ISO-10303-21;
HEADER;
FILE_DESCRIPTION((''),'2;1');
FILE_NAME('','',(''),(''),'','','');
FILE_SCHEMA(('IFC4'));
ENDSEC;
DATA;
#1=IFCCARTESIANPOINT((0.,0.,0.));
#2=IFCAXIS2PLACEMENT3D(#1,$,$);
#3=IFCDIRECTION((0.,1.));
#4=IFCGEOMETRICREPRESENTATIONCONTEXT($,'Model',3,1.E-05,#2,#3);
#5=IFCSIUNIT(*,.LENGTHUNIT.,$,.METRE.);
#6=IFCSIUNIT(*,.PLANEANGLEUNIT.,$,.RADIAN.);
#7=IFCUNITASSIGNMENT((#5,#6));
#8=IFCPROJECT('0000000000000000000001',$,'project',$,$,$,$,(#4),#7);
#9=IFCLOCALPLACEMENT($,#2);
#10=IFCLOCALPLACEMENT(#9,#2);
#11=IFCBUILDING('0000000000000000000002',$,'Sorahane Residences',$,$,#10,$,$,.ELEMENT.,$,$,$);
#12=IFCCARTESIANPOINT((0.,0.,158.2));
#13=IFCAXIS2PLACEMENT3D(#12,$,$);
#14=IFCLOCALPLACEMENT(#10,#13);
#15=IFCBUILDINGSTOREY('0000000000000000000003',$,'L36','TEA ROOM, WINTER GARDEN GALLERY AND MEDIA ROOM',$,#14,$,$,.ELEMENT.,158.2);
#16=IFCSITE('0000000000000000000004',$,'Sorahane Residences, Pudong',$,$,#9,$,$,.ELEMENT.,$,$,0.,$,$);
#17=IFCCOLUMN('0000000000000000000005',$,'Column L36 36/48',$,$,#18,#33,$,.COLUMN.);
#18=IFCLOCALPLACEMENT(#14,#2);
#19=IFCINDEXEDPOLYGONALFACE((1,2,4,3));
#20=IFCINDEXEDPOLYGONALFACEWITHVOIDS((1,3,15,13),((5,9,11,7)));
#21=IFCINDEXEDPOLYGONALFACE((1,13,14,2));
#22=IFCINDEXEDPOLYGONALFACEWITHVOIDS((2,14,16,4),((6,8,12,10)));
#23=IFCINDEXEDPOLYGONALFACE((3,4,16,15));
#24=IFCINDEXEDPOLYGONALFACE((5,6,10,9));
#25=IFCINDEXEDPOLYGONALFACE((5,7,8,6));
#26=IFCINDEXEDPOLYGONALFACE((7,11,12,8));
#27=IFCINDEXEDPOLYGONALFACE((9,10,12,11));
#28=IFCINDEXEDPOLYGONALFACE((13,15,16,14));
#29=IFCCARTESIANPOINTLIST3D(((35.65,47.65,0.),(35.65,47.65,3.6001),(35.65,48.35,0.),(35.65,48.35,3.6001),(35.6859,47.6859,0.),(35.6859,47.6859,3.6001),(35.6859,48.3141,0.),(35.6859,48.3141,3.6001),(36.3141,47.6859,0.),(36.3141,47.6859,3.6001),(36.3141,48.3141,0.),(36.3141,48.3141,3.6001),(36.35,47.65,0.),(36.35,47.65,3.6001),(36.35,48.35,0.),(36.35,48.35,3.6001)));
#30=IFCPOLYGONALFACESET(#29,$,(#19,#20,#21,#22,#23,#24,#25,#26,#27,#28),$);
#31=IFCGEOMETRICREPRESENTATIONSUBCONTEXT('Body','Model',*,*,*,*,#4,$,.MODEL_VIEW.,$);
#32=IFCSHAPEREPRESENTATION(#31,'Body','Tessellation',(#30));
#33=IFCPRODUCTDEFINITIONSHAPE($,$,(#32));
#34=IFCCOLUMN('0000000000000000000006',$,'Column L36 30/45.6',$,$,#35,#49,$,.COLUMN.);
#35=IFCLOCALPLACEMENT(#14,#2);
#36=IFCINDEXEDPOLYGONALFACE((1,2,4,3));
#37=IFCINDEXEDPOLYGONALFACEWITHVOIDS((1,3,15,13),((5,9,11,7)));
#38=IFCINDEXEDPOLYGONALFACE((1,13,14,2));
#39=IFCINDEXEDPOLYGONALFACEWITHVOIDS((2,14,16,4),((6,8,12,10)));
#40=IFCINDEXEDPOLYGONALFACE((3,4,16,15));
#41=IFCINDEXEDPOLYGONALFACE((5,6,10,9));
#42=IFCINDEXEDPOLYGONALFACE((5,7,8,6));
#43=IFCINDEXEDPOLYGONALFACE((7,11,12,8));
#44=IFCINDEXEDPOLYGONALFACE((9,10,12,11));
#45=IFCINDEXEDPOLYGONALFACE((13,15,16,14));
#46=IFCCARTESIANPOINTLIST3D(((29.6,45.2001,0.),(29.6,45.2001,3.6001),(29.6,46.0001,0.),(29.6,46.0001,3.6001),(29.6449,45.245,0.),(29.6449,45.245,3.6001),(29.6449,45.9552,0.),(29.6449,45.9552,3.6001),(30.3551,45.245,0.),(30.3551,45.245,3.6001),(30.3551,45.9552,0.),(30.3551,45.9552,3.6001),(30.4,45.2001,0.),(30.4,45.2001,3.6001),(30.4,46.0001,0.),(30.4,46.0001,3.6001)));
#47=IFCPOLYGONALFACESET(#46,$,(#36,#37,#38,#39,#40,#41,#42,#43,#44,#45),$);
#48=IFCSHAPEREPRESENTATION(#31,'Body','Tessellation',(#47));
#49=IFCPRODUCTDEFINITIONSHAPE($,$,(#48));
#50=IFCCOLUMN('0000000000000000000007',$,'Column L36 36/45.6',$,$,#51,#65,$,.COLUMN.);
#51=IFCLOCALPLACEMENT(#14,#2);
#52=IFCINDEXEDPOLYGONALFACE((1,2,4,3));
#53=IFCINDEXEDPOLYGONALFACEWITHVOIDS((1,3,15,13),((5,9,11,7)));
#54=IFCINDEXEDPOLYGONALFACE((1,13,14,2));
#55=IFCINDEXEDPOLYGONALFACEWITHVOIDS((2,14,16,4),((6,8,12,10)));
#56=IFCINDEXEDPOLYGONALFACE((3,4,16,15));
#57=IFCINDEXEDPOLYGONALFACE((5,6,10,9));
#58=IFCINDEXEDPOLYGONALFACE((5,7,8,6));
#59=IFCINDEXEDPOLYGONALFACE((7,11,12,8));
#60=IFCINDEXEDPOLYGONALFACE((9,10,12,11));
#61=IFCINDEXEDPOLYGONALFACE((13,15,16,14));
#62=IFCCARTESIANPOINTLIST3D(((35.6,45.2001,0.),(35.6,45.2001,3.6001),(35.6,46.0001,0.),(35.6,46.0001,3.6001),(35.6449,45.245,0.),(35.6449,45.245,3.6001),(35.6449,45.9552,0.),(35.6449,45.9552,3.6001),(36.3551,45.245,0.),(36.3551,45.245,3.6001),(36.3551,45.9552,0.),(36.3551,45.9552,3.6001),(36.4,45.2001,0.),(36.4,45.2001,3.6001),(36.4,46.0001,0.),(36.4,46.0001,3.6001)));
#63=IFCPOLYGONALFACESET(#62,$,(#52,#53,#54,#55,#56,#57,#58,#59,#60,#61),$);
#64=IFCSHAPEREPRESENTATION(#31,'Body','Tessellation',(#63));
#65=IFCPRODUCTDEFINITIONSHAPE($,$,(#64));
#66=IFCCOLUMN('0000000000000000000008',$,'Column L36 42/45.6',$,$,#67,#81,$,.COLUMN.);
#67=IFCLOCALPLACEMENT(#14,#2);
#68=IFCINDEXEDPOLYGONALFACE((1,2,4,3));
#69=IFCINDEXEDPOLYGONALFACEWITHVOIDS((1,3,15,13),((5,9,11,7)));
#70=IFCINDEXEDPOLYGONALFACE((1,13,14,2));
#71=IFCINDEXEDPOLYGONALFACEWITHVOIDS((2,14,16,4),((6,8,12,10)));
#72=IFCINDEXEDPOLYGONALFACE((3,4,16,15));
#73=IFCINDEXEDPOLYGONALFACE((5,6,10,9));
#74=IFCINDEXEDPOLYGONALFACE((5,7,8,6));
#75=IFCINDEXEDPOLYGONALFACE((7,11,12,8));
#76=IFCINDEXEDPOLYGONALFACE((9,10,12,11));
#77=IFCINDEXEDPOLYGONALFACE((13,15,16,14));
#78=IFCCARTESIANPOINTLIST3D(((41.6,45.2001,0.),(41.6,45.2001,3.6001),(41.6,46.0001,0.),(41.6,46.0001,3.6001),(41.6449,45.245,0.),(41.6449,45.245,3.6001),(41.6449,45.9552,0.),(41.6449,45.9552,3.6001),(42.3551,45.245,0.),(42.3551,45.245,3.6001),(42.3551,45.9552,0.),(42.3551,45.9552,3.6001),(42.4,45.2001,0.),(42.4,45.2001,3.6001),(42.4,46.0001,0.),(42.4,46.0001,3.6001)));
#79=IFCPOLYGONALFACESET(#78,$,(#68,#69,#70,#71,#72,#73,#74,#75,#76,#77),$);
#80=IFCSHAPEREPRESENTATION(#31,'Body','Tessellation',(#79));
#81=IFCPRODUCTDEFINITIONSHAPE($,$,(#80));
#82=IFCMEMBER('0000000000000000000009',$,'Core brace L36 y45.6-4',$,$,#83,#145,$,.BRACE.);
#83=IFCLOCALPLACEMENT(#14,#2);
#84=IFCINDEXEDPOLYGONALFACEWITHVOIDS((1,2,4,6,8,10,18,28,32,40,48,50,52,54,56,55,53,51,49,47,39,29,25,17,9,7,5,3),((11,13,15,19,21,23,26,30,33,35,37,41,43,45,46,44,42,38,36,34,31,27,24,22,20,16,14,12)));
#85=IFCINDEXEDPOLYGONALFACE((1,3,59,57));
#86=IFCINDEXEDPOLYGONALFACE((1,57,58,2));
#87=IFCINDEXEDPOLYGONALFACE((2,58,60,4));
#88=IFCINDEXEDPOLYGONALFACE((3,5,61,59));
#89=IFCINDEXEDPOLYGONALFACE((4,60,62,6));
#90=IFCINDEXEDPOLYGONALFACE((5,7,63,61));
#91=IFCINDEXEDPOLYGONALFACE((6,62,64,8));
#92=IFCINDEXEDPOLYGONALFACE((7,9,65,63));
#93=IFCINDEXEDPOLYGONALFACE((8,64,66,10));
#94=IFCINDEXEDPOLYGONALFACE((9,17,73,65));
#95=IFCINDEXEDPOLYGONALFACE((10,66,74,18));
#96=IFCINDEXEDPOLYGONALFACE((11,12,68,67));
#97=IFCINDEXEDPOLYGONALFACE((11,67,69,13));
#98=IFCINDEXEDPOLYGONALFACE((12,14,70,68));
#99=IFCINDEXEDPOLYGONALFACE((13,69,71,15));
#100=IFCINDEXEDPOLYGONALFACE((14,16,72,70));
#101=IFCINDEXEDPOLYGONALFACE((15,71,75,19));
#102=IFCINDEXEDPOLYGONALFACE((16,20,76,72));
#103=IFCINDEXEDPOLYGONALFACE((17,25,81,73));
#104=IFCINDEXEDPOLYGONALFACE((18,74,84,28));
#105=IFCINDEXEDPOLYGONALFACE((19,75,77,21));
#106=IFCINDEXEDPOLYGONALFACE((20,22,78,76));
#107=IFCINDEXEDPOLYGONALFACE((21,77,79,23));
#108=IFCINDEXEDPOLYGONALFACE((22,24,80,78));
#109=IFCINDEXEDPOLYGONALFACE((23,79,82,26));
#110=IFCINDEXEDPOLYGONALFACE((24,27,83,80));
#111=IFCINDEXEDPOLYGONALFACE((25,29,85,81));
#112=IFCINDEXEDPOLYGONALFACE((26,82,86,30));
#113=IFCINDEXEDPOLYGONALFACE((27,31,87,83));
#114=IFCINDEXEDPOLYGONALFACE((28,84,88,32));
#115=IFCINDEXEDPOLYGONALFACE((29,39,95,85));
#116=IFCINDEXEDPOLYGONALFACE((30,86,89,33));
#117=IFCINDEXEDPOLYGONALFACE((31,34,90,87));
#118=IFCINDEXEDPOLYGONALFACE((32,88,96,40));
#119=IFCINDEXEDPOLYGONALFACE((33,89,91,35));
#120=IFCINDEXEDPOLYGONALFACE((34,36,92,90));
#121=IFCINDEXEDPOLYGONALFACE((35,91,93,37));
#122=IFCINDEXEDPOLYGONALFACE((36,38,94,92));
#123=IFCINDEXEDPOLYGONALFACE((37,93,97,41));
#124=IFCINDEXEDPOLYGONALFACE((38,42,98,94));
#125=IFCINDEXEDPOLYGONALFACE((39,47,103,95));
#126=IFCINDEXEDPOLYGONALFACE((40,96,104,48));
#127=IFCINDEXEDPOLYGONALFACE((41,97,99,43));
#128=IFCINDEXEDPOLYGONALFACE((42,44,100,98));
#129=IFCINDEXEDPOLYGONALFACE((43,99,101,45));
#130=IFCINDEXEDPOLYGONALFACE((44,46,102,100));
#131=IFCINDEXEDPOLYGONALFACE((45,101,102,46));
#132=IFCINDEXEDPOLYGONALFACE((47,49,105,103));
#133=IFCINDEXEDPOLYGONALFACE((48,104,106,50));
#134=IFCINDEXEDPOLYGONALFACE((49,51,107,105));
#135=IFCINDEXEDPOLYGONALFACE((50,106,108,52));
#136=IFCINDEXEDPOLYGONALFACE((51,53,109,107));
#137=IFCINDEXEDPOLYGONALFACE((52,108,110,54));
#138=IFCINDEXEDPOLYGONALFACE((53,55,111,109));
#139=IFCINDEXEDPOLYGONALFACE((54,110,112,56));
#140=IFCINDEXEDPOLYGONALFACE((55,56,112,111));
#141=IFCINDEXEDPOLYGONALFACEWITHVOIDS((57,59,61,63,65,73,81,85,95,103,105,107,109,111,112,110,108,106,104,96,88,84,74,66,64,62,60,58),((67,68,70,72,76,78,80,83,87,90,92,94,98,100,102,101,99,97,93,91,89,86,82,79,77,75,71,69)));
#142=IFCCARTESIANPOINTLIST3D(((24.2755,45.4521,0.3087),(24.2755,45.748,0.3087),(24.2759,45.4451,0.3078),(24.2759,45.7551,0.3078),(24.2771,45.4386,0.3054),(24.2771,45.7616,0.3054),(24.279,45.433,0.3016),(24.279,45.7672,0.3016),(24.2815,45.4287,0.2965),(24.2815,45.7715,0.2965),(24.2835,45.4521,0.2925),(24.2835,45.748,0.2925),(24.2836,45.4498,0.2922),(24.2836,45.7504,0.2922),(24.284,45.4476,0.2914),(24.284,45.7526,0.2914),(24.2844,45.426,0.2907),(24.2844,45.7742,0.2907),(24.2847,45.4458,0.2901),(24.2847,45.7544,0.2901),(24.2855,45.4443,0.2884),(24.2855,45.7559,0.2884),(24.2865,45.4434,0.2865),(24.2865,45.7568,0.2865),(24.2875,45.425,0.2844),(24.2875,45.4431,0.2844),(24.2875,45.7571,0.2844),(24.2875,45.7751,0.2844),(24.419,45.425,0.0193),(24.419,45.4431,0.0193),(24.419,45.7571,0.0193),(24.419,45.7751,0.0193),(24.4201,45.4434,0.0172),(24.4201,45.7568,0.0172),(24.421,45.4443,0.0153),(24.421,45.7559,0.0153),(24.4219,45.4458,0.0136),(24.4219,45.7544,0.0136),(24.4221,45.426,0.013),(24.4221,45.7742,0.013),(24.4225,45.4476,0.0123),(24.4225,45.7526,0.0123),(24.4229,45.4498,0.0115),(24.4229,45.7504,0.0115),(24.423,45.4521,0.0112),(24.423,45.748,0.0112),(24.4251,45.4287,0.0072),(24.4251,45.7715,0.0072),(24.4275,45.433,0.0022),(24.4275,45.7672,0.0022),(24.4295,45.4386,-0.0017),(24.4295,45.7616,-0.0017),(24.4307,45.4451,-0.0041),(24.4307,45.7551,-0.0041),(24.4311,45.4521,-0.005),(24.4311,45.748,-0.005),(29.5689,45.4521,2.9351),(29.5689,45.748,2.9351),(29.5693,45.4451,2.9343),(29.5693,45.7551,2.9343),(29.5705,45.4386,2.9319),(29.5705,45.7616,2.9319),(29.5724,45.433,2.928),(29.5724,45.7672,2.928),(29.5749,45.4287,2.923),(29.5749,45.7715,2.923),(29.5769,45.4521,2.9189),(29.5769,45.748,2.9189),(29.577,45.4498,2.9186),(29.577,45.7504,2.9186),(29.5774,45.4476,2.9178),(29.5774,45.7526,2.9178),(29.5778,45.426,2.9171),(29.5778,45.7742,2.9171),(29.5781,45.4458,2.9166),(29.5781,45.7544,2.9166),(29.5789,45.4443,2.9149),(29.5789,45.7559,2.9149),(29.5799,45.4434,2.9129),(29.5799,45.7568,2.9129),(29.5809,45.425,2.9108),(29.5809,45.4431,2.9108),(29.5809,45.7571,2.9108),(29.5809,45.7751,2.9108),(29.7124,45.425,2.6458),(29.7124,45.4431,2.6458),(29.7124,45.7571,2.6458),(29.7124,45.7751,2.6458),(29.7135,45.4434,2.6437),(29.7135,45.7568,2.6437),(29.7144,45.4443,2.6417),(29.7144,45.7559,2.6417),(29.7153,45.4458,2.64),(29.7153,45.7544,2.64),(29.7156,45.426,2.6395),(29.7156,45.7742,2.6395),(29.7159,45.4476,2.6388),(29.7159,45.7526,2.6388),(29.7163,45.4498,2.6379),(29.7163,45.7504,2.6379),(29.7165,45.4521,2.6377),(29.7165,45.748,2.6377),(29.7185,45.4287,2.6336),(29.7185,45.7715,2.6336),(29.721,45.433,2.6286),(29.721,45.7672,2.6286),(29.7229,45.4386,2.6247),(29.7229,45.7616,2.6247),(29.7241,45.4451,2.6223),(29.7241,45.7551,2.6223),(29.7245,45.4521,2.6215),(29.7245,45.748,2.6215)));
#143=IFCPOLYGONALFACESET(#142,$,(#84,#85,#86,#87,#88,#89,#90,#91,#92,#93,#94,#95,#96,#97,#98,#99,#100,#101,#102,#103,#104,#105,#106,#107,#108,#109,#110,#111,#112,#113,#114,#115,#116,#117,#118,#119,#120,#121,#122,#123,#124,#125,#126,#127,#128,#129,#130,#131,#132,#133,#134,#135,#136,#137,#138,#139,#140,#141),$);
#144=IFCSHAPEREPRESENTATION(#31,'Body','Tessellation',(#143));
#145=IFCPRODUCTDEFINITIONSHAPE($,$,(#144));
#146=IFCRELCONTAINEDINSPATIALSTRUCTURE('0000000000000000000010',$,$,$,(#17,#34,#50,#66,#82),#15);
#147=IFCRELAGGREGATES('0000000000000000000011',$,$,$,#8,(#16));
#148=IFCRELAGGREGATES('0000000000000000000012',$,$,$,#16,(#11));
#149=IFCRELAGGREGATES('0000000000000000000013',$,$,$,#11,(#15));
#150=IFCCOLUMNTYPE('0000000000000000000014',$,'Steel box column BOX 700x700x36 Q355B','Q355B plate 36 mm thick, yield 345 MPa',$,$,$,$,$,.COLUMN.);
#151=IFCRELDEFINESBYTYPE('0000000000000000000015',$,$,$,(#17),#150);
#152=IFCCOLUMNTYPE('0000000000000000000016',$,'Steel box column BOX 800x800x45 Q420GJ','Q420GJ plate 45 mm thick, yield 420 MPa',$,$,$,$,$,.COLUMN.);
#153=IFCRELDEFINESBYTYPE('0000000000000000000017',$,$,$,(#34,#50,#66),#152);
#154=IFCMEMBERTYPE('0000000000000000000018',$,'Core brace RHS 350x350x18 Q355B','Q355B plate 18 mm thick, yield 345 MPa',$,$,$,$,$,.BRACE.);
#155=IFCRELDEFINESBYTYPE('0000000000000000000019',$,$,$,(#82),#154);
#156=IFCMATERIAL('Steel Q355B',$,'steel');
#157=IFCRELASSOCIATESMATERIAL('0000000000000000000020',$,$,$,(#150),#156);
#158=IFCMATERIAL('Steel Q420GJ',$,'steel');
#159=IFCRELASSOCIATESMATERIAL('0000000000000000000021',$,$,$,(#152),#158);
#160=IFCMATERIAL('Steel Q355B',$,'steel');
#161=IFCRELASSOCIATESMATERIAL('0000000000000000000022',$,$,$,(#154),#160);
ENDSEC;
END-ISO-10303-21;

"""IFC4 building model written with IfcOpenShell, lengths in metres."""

from ifc_helpers import new_model, si_unit, direction, frame, origin, origin_2d, place, context, subcontext, project, spatial, hollow_rectangle, extrude, material, material_profile, profile_set, type_object, element, save


model = new_model("IFC4")

# Units and contexts
model_context = context("Model", 3, precision=1e-05, world=origin(), true_north=direction((0.0, 1.0)))
body_context = subcontext(model_context, "Body", "Model", "MODEL_VIEW")
ifc_project = project(units=[si_unit("LENGTHUNIT", "METRE"), si_unit("PLANEANGLEUNIT", "RADIAN")], contexts=[model_context])

# Site, building, storey
site_placement = place(None, origin())
site = spatial("IfcSite", under=ifc_project, at=site_placement, Name="Sorahane Residences, Pudong", CompositionType="ELEMENT", RefElevation=0.0)
building_placement = place(site_placement, origin())
building = spatial("IfcBuilding", under=site, at=building_placement, Name="Sorahane Residences", CompositionType="ELEMENT")
storey_placement = place(building_placement, frame((0.0, 0.0, 158.2)))
storey = spatial("IfcBuildingStorey", under=building, at=storey_placement, Name="L36", Description="TEA ROOM, WINTER GARDEN GALLERY AND MEDIA ROOM", CompositionType="ELEMENT", Elevation=158.2)

# Columns
ifc_material_1 = material(Name="Steel Q355B", Category="steel")
ifc_material_profile_1 = material_profile(ifc_material_1, hollow_rectangle(XDim=0.7, YDim=0.7, WallThickness=0.0359, at=origin_2d()), Name="BOX 700x700x36")
ifc_profile_set_1 = profile_set([ifc_material_profile_1], Name="Steel Q355B")
column_type_1 = type_object("IfcColumnType", Name="Steel box column BOX 700x700x36 Q355B", Description="Q355B plate 36 mm thick, yield 345 MPa", PredefinedType="COLUMN", material=ifc_profile_set_1)
column_placement = place(storey_placement, frame((36.0, 48.0, 0.0), z_axis=(0.0, 0.0, 1.0), x_axis=(1.0, 0.0, 0.0)))
element("IfcColumn", 1, at=column_placement, inside=storey, type_object=column_type_1, Name="Column L36 36/48", PredefinedType="COLUMN", context=body_context, shape_type="SweptSolid", body=[
    extrude(hollow_rectangle(XDim=0.7, YDim=0.7, WallThickness=0.0359, at=origin_2d()), origin(), (0.0, 0.0, 1.0), 3.6001),
])
ifc_material_2 = material(Name="Steel Q420GJ", Category="steel")
ifc_material_profile_2 = material_profile(ifc_material_2, hollow_rectangle(XDim=0.8, YDim=0.8, WallThickness=0.0449, at=origin_2d()), Name="BOX 800x800x45")
ifc_profile_set_2 = profile_set([ifc_material_profile_2], Name="Steel Q420GJ")
column_type_2 = type_object("IfcColumnType", Name="Steel box column BOX 800x800x45 Q420GJ", Description="Q420GJ plate 45 mm thick, yield 420 MPa", PredefinedType="COLUMN", material=ifc_profile_set_2)
for number, where, z_axis, x_axis, name in (
    (2, (30.0, 45.6001, 0.0), (0.0, 0.0, 1.0), (1.0, 0.0, 0.0), "Column L36 30/45.6"),
    (3, (36.0, 45.6001, 0.0), (0.0, 0.0, 1.0), (1.0, 0.0, 0.0), "Column L36 36/45.6"),
    (4, (42.0, 45.6001, 0.0), (0.0, 0.0, 1.0), (1.0, 0.0, 0.0), "Column L36 42/45.6"),
):
    element("IfcColumn", number, at=place(storey_placement, frame(where, z_axis=z_axis, x_axis=x_axis)), inside=storey, type_object=column_type_2, Name=name, PredefinedType="COLUMN", context=body_context, shape_type="SweptSolid", body=[
        extrude(hollow_rectangle(XDim=0.8, YDim=0.8, WallThickness=0.0449, at=origin_2d()), origin(), (0.0, 0.0, 1.0), 3.6001),
    ])

# Member
ifc_material_3 = material(Name="Steel Q355B", Category="steel")
ifc_material_profile_3 = material_profile(ifc_material_3, hollow_rectangle(XDim=0.3501, YDim=0.3501, WallThickness=0.0181, InnerFilletRadius=0.009, OuterFilletRadius=0.0271, at=origin_2d()), Name="RHS 350x350x18")
ifc_profile_set_3 = profile_set([ifc_material_profile_3], Name="Steel Q355B")
member_type_1 = type_object("IfcMemberType", Name="Core brace RHS 350x350x18 Q355B", Description="Q355B plate 18 mm thick, yield 345 MPa", PredefinedType="BRACE", material=ifc_profile_set_3)
for number, where, z_axis, x_axis, name in (
    (5, (24.3533, 45.6001, 0.1519), (0.895795, 0.0, 0.444468), (0.0, 1.0, 0.0), "Core brace L36 y45.6-4"),
):
    element("IfcMember", number, at=place(storey_placement, frame(where, z_axis=z_axis, x_axis=x_axis)), inside=storey, type_object=member_type_1, Name=name, PredefinedType="BRACE", context=body_context, shape_type="SweptSolid", body=[
        extrude(hollow_rectangle(XDim=0.3501, YDim=0.3501, WallThickness=0.0181, InnerFilletRadius=0.009, OuterFilletRadius=0.0271, at=origin_2d()), origin(), (0.0, 0.0, 1.0), 5.9092),
    ])

save(model, "model.ifc")
